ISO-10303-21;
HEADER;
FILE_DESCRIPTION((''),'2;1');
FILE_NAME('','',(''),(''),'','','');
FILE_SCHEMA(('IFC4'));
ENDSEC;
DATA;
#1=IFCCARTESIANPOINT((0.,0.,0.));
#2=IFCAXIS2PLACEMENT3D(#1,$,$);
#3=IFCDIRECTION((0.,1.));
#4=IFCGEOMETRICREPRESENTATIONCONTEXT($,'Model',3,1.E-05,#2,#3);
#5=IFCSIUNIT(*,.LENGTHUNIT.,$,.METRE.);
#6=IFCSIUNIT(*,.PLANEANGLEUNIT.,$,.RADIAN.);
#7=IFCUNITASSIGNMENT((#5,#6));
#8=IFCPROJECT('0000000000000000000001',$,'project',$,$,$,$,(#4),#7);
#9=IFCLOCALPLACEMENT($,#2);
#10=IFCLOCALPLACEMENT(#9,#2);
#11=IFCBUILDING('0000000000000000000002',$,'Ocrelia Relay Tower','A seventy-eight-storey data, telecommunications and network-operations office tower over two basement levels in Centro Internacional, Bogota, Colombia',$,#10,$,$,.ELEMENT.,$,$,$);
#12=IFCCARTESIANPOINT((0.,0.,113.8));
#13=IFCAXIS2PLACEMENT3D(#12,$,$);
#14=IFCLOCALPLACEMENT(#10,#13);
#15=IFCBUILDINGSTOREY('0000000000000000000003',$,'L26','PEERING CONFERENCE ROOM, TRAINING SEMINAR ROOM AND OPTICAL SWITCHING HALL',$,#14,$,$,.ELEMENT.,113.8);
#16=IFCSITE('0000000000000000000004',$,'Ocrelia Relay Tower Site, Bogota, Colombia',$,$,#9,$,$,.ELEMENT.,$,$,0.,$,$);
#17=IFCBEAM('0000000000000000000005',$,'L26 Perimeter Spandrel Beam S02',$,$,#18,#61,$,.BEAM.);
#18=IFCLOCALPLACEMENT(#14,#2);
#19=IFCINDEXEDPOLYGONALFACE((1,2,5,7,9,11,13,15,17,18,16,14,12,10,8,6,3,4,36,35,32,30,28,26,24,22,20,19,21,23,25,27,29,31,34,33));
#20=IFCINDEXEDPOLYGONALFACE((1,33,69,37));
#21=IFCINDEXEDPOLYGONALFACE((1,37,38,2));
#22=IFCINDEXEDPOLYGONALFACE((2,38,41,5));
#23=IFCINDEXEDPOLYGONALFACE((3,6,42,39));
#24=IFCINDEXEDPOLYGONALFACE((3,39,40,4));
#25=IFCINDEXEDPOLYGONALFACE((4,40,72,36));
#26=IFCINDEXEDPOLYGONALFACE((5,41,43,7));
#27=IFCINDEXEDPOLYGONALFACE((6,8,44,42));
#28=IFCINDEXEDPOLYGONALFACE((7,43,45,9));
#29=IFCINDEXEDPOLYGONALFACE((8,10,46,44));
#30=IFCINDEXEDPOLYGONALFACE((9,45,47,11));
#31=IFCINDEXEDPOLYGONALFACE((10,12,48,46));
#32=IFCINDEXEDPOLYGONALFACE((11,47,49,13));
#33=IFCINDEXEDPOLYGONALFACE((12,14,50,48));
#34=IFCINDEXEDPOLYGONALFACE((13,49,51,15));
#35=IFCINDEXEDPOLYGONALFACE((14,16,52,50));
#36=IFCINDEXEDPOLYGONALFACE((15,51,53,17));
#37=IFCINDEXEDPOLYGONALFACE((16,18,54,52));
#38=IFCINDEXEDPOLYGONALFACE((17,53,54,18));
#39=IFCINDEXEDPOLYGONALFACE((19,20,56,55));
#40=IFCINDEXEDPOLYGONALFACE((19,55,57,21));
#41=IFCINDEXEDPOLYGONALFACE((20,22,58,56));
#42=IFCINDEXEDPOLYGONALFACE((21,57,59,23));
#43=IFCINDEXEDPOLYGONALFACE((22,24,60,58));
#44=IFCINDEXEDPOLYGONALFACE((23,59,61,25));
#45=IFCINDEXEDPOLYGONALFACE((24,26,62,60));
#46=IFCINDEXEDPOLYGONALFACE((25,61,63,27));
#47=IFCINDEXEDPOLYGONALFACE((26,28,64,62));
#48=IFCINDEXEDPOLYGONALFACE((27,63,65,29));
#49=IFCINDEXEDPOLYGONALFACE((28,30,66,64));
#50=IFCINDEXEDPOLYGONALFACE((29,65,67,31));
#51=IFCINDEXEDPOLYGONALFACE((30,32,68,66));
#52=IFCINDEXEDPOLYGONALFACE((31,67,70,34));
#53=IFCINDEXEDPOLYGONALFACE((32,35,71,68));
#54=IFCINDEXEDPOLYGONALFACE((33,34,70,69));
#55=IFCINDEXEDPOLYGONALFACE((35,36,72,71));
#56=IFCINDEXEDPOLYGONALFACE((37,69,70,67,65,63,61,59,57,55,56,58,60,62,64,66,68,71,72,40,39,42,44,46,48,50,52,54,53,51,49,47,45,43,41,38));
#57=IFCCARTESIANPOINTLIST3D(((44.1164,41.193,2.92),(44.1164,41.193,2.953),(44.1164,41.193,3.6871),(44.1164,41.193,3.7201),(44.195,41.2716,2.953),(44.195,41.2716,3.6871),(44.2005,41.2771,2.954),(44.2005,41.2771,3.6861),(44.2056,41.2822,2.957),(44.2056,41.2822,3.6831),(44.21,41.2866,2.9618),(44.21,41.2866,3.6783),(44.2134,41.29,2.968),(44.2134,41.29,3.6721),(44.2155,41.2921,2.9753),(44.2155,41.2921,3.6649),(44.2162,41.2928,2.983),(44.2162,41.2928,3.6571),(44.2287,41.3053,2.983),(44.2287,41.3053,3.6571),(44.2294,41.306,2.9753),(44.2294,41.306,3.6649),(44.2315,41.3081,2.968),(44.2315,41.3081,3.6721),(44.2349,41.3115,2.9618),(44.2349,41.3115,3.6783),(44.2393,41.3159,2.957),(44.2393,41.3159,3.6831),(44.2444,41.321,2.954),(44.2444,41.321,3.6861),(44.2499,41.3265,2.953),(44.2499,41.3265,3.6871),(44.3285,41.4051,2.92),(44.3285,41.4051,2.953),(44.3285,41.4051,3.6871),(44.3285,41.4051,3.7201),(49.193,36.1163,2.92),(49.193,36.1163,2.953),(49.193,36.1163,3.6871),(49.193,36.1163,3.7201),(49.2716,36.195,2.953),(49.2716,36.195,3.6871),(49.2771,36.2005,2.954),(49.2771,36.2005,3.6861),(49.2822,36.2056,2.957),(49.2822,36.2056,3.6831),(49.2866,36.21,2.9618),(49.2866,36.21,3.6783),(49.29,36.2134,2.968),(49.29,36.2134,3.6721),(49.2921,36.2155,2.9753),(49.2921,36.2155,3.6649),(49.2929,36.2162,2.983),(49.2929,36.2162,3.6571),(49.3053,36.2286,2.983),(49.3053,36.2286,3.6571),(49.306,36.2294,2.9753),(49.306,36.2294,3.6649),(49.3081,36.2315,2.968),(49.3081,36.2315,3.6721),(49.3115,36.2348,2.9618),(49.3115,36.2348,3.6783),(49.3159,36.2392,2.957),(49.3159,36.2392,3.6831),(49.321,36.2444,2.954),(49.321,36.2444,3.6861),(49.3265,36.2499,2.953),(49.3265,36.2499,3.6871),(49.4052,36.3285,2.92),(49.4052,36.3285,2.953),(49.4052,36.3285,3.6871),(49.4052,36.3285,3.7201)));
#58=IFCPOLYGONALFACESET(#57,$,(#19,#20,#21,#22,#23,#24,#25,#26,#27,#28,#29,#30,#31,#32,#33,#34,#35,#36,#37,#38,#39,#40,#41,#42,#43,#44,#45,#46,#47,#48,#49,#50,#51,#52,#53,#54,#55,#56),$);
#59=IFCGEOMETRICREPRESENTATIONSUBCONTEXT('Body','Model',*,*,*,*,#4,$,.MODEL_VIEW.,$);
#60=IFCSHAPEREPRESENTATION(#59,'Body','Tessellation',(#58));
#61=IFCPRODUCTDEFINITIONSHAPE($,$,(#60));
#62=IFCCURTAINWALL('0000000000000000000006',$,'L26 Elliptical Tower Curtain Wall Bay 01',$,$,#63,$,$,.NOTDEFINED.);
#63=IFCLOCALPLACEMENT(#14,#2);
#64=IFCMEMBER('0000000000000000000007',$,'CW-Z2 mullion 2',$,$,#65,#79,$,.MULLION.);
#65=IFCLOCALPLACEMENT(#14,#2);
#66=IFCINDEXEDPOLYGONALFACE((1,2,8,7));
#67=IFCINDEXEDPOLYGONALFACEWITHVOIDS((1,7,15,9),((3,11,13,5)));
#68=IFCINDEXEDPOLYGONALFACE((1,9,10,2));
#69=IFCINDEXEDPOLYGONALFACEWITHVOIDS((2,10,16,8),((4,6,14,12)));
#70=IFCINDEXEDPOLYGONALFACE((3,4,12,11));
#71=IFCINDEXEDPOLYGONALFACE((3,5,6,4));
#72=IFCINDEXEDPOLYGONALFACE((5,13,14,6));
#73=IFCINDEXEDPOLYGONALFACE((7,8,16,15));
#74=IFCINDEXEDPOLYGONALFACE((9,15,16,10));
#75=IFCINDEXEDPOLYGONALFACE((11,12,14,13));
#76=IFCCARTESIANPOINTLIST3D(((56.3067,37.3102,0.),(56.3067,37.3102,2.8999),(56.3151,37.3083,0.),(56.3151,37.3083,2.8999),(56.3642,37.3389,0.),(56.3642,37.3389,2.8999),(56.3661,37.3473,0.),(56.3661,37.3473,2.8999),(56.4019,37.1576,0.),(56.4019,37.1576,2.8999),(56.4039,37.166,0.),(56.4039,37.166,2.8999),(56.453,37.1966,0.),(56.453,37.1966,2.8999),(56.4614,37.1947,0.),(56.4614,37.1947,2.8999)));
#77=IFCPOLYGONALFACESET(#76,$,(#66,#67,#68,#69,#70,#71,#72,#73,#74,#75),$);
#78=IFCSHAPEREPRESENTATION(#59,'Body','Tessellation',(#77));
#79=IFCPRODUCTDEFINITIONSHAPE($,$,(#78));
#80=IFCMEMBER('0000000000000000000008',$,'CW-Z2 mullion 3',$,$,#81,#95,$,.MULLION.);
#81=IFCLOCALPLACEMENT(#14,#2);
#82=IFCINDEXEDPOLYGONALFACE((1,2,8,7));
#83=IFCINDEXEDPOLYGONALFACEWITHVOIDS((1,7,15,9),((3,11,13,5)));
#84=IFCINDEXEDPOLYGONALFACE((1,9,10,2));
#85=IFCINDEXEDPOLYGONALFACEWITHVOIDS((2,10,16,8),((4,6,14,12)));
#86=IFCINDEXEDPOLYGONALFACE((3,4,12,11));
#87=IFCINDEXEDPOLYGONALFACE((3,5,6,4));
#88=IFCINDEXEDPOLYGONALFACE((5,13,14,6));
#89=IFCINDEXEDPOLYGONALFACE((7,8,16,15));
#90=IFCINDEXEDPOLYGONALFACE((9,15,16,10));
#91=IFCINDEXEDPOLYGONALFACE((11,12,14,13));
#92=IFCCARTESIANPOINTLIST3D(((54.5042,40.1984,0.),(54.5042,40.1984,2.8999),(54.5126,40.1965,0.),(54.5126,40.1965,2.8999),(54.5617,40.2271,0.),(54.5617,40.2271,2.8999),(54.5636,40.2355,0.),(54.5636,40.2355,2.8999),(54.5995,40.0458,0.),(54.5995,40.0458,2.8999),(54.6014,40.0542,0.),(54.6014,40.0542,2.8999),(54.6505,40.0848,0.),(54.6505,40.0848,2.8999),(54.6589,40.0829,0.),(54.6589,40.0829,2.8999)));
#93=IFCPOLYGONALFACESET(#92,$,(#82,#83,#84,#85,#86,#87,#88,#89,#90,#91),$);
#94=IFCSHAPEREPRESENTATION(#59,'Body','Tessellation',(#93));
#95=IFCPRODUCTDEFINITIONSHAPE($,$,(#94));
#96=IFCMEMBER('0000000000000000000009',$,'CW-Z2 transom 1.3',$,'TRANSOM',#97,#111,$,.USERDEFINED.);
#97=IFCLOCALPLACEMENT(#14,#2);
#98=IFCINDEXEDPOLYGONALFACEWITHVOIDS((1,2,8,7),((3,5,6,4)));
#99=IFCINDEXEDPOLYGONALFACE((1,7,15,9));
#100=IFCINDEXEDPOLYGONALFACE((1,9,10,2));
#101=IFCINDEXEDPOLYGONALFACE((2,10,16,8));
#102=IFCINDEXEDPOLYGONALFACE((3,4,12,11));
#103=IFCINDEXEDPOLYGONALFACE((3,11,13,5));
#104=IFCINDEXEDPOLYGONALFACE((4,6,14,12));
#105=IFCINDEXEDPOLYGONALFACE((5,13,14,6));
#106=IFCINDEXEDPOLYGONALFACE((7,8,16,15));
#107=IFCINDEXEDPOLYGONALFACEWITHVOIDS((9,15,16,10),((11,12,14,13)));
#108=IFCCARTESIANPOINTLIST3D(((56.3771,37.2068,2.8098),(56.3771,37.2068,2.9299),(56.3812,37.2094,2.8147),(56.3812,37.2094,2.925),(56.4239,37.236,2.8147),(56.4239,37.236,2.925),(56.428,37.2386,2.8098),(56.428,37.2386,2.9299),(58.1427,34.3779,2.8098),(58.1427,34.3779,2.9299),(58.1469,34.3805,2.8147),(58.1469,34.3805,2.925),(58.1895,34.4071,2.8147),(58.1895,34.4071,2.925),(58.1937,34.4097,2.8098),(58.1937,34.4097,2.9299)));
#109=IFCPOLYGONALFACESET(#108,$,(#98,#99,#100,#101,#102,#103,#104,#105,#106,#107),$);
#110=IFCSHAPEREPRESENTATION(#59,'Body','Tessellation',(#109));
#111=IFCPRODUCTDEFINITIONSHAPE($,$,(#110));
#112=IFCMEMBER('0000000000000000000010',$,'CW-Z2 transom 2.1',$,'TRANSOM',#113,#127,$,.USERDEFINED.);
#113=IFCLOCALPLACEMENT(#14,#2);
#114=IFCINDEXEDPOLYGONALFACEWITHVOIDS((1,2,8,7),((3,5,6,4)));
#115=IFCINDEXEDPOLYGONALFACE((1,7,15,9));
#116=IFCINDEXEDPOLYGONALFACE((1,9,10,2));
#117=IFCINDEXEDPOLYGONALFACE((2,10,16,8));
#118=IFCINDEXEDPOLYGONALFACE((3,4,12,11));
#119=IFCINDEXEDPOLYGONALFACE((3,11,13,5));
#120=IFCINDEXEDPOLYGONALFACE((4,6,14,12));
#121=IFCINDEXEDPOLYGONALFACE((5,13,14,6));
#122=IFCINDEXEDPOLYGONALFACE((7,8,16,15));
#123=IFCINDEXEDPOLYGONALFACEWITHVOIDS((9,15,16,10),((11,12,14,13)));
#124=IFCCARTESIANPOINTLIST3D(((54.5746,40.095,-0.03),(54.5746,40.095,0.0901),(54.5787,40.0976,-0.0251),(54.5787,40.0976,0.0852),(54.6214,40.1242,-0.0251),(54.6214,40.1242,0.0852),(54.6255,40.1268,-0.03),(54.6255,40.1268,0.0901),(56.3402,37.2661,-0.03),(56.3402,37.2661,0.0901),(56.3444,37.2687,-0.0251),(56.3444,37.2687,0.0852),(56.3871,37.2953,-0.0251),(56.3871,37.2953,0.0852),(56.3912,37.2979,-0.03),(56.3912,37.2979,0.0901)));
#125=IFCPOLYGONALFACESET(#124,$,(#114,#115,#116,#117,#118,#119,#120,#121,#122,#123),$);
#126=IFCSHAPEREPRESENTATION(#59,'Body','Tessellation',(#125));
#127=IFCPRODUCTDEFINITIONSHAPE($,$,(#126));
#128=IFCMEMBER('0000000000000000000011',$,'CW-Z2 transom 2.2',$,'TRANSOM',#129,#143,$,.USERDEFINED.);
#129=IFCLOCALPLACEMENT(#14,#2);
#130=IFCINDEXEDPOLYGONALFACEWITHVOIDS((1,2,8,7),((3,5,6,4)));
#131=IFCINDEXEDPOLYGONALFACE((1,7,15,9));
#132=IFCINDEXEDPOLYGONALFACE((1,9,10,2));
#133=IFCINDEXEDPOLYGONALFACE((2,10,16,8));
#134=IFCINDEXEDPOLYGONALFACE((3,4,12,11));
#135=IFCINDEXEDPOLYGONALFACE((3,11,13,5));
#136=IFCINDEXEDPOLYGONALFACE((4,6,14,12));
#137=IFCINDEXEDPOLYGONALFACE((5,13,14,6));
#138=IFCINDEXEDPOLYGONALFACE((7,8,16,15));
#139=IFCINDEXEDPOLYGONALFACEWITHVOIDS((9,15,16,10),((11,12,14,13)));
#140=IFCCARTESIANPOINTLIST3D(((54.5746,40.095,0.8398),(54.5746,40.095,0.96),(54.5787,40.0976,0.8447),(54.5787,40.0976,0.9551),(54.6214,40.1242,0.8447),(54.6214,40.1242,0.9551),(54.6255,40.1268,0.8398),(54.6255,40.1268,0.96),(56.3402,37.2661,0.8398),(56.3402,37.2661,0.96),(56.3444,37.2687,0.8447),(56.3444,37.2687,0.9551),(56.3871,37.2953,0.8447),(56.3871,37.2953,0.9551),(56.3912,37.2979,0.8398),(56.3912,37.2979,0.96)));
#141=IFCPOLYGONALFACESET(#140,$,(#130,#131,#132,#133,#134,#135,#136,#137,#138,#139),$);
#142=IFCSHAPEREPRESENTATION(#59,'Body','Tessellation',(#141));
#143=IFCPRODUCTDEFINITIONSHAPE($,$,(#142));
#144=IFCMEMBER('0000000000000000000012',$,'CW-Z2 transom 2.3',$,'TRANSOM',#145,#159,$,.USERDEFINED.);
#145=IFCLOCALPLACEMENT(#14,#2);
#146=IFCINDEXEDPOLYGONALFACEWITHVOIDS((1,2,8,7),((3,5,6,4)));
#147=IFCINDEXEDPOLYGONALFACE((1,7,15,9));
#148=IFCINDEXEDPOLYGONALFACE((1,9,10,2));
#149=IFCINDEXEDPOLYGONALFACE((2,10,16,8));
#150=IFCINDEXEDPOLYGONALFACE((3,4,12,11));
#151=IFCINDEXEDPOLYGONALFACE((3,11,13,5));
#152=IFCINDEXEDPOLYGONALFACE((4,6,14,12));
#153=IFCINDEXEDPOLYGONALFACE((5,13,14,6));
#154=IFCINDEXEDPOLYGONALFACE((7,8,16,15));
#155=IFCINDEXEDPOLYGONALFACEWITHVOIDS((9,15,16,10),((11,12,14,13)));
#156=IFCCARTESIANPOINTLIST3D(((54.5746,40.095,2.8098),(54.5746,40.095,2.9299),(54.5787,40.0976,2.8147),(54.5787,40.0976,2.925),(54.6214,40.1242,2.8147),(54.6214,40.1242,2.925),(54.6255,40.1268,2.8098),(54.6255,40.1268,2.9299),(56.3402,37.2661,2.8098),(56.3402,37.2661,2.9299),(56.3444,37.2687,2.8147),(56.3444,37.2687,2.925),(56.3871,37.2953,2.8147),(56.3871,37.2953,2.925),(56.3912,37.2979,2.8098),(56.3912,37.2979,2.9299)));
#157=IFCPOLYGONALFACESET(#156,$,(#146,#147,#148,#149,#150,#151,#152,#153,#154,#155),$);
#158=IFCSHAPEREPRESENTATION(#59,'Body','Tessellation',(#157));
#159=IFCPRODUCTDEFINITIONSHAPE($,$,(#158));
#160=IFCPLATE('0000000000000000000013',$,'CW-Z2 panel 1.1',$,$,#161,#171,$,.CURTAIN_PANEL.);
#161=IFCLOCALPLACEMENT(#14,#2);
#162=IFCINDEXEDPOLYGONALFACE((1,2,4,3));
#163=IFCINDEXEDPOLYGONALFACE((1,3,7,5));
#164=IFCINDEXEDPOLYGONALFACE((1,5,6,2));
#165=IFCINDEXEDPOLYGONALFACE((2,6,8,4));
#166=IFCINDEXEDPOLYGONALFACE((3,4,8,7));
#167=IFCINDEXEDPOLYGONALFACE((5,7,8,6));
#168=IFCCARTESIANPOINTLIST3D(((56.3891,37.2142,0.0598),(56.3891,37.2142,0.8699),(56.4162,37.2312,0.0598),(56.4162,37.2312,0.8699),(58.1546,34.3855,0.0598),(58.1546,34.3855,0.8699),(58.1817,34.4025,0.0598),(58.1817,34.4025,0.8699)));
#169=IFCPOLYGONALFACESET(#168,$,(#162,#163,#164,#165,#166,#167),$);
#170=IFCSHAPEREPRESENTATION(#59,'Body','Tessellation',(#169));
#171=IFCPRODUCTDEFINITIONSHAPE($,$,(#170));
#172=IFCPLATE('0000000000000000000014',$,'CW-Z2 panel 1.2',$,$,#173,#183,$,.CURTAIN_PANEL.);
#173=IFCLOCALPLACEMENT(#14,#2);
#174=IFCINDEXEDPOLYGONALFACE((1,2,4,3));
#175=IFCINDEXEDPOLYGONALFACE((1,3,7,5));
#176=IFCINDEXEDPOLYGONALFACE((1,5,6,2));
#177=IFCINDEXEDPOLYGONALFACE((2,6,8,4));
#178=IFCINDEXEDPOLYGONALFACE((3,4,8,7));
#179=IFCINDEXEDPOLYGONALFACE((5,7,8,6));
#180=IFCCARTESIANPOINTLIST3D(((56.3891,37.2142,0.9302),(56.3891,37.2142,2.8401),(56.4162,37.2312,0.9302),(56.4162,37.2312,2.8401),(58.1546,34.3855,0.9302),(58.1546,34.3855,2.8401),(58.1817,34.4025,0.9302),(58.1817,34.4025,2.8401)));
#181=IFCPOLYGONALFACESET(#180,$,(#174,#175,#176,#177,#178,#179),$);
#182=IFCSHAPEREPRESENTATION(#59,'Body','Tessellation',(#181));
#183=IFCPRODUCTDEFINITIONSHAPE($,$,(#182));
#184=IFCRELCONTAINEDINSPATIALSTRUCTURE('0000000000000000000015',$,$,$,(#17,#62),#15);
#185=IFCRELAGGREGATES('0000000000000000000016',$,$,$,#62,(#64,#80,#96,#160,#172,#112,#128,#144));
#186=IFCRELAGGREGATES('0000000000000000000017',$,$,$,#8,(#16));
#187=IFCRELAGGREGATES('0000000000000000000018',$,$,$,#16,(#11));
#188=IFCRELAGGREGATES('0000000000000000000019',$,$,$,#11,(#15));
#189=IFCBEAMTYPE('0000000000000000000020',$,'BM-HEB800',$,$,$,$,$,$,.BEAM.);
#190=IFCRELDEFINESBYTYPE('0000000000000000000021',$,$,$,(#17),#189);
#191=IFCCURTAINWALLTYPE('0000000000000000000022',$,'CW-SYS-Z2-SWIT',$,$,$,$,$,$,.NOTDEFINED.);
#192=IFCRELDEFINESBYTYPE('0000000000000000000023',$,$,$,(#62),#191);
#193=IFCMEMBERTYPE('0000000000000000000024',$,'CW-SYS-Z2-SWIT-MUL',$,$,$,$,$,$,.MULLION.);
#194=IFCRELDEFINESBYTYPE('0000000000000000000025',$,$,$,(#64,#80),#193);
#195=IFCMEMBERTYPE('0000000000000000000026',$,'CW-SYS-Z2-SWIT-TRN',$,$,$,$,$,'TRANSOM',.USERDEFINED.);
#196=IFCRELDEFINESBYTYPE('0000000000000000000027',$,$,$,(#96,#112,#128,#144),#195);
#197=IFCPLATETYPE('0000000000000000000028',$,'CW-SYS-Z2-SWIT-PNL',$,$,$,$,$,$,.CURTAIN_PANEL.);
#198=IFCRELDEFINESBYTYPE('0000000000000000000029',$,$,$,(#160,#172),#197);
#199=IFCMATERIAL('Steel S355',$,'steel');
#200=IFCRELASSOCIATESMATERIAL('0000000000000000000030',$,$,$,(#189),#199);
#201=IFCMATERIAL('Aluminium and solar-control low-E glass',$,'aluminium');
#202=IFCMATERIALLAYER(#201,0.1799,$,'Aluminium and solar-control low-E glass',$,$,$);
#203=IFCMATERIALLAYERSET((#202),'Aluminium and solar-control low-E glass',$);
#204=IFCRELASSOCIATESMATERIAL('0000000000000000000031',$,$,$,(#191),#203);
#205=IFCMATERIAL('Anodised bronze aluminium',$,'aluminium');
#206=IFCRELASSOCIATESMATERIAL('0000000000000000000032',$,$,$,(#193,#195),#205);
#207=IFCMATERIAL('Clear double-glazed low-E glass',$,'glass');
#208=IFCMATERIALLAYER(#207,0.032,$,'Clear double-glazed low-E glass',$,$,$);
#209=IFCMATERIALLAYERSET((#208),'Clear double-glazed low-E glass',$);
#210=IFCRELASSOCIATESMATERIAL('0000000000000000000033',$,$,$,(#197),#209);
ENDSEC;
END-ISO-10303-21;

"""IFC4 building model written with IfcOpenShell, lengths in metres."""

from ifc_helpers import new_model, si_unit, direction, frame, origin, origin_2d, place, context, subcontext, project, spatial, rectangle, hollow_rectangle, i_section, extrude, material, layer, layer_set, material_profile, profile_set, type_object, element, aggregate, save


model = new_model("IFC4")

# Units and contexts
model_context = context("Model", 3, precision=1e-05, world=origin(), true_north=direction((0.0, 1.0)))
body_context = subcontext(model_context, "Body", "Model", "MODEL_VIEW")
ifc_project = project(units=[si_unit("LENGTHUNIT", "METRE"), si_unit("PLANEANGLEUNIT", "RADIAN")], contexts=[model_context])

# Site, building, storey
site_placement = place(None, origin())
site = spatial("IfcSite", under=ifc_project, at=site_placement, Name="Ocrelia Relay Tower Site, Bogota, Colombia", CompositionType="ELEMENT", RefElevation=0.0)
building_placement = place(site_placement, origin())
building = spatial("IfcBuilding", under=site, at=building_placement, Name="Ocrelia Relay Tower", Description="A seventy-eight-storey data, telecommunications and network-operations office tower over two basement levels in Centro Internacional, Bogota, Colombia", CompositionType="ELEMENT")
storey_placement = place(building_placement, frame((0.0, 0.0, 113.8)))
storey = spatial("IfcBuildingStorey", under=building, at=storey_placement, Name="L26", Description="PEERING CONFERENCE ROOM, TRAINING SEMINAR ROOM AND OPTICAL SWITCHING HALL", CompositionType="ELEMENT", Elevation=113.8)

# Beam
ifc_material_1 = material(Name="Steel S355", Category="steel")
ifc_material_profile_1 = material_profile(ifc_material_1, i_section(OverallWidth=0.3, OverallDepth=0.8, WebThickness=0.0176, FlangeThickness=0.033, FilletRadius=0.03, at=origin_2d()), Name="HEB 800")
ifc_profile_set_1 = profile_set([ifc_material_profile_1], Name="Steel S355")
beam_type_1 = type_object("IfcBeamType", Name="BM-HEB800", PredefinedType="BEAM", material=ifc_profile_set_1)
beam_1_placement = place(storey_placement, frame((49.2991, 36.2224, 3.3201), z_axis=(-0.707107, 0.707107, 0.0), x_axis=(-0.707107, -0.707107, 0.0)))
element("IfcBeam", 1, at=beam_1_placement, inside=storey, type_object=beam_type_1, Name="L26 Perimeter Spandrel Beam S02", PredefinedType="BEAM", context=body_context, shape_type="SweptSolid", body=[
    extrude(i_section(OverallWidth=0.3, OverallDepth=0.8, WebThickness=0.0176, FlangeThickness=0.033, FilletRadius=0.03, at=origin_2d()), origin(), (0.0, 0.0, 1.0), 7.1794),
])

# Curtain wall, members, plates
ifc_material_2 = material(Name="Aluminium and solar-control low-E glass", Category="aluminium")
ifc_layer_1 = layer(ifc_material_2, 0.1799, Name="Aluminium and solar-control low-E glass")
ifc_layer_set_1 = layer_set([ifc_layer_1], Name="Aluminium and solar-control low-E glass")
curtain_wall_type = type_object("IfcCurtainWallType", Name="CW-SYS-Z2-SWIT", PredefinedType="NOTDEFINED", material=ifc_layer_set_1)
curtain_wall_placement = place(storey_placement, origin())
curtain_wall = element("IfcCurtainWall", 2, at=curtain_wall_placement, inside=storey, type_object=curtain_wall_type, Name="L26 Elliptical Tower Curtain Wall Bay 01", PredefinedType="NOTDEFINED")
ifc_material_3 = material(Name="Anodised bronze aluminium", Category="aluminium")
ifc_material_profile_2 = material_profile(ifc_material_3, hollow_rectangle(XDim=0.0701, YDim=0.1799, WallThickness=0.0061, at=origin_2d()), Name="CW-MUL-180x70")
ifc_profile_set_2 = profile_set([ifc_material_profile_2], Name="Anodised bronze aluminium")
member_type_1 = type_object("IfcMemberType", Name="CW-SYS-Z2-SWIT-MUL", PredefinedType="MULLION", material=ifc_profile_set_2)
member_1_placement = place(storey_placement, frame((56.384, 37.2524, 0.0), z_axis=(0.0, 0.0, 1.0), x_axis=(-0.84833, -0.529468, 0.0)))
member_1 = element("IfcMember", 3, at=member_1_placement, type_object=member_type_1, Name="CW-Z2 mullion 2", PredefinedType="MULLION", context=body_context, shape_type="SweptSolid", body=[
    extrude(hollow_rectangle(XDim=0.0701, YDim=0.1799, WallThickness=0.0061, at=origin_2d()), origin(), (0.0, 0.0, 1.0), 2.8999),
])
member_2_placement = place(storey_placement, frame((54.5815, 40.1406, 0.0), z_axis=(0.0, 0.0, 1.0), x_axis=(-0.84833, -0.529468, 0.0)))
member_2 = element("IfcMember", 4, at=member_2_placement, type_object=member_type_1, Name="CW-Z2 mullion 3", PredefinedType="MULLION", context=body_context, shape_type="SweptSolid", body=[
    extrude(hollow_rectangle(XDim=0.0701, YDim=0.1799, WallThickness=0.0061, at=origin_2d()), origin(), (0.0, 0.0, 1.0), 2.8999),
])
ifc_material_profile_3 = material_profile(ifc_material_3, hollow_rectangle(XDim=0.0601, YDim=0.1201, WallThickness=0.0049, at=origin_2d()), Name="CW-TRN-120x60")
ifc_profile_set_3 = profile_set([ifc_material_profile_3], Name="Anodised bronze aluminium")
member_type_2 = type_object("IfcMemberType", Name="CW-SYS-Z2-SWIT-TRN", ElementType="TRANSOM", PredefinedType="USERDEFINED", material=ifc_profile_set_3)
member_3_placement = place(storey_placement, frame((58.1682, 34.3938, 2.8699), z_axis=(-0.529479, 0.848323, 0.0), x_axis=(-0.848323, -0.529479, 0.0)))
member_3 = element("IfcMember", 5, at=member_3_placement, type_object=member_type_2, Name="CW-Z2 transom 1.3", ObjectType="TRANSOM", PredefinedType="USERDEFINED", context=body_context, shape_type="SweptSolid", body=[
    extrude(hollow_rectangle(XDim=0.0601, YDim=0.1201, WallThickness=0.0049, at=origin_2d()), origin(), (0.0, 0.0, 1.0), 3.3347),
])
member_4_placement = place(storey_placement, frame((56.3657, 37.282, 0.03), z_axis=(-0.529479, 0.848323, 0.0), x_axis=(-0.848323, -0.529479, 0.0)))
member_4 = element("IfcMember", 6, at=member_4_placement, type_object=member_type_2, Name="CW-Z2 transom 2.1", ObjectType="TRANSOM", PredefinedType="USERDEFINED", context=body_context, shape_type="SweptSolid", body=[
    extrude(hollow_rectangle(XDim=0.0601, YDim=0.1201, WallThickness=0.0049, at=origin_2d()), origin(), (0.0, 0.0, 1.0), 3.3347),
])
member_5_placement = place(storey_placement, frame((56.3657, 37.282, 0.8999), z_axis=(-0.529479, 0.848323, 0.0), x_axis=(-0.848323, -0.529479, 0.0)))
member_5 = element("IfcMember", 7, at=member_5_placement, type_object=member_type_2, Name="CW-Z2 transom 2.2", ObjectType="TRANSOM", PredefinedType="USERDEFINED", context=body_context, shape_type="SweptSolid", body=[
    extrude(hollow_rectangle(XDim=0.0601, YDim=0.1201, WallThickness=0.0049, at=origin_2d()), origin(), (0.0, 0.0, 1.0), 3.3347),
])
member_6_placement = place(storey_placement, frame((56.3657, 37.282, 2.8699), z_axis=(-0.529479, 0.848323, 0.0), x_axis=(-0.848323, -0.529479, 0.0)))
member_6 = element("IfcMember", 8, at=member_6_placement, type_object=member_type_2, Name="CW-Z2 transom 2.3", ObjectType="TRANSOM", PredefinedType="USERDEFINED", context=body_context, shape_type="SweptSolid", body=[
    extrude(hollow_rectangle(XDim=0.0601, YDim=0.1201, WallThickness=0.0049, at=origin_2d()), origin(), (0.0, 0.0, 1.0), 3.3347),
])
ifc_material_4 = material(Name="Clear double-glazed low-E glass", Category="glass")
ifc_layer_2 = layer(ifc_material_4, 0.032, Name="Clear double-glazed low-E glass")
ifc_layer_set_2 = layer_set([ifc_layer_2], Name="Clear double-glazed low-E glass")
plate_type = type_object("IfcPlateType", Name="CW-SYS-Z2-SWIT-PNL", PredefinedType="CURTAIN_PANEL", material=ifc_layer_set_2)
plate_1_placement = place(storey_placement, frame((57.2854, 35.8083, 0.0598), z_axis=(0.0, 0.0, 1.0), x_axis=(-0.529468, 0.84833, 0.0)))
plate_1 = element("IfcPlate", 9, at=plate_1_placement, type_object=plate_type, Name="CW-Z2 panel 1.1", PredefinedType="CURTAIN_PANEL", context=body_context, shape_type="SweptSolid", body=[
    extrude(rectangle(XDim=3.3345, YDim=0.032, at=origin_2d()), origin(), (0.0, 0.0, 1.0), 0.8101),
])
plate_2_placement = place(storey_placement, frame((57.2854, 35.8083, 0.9302), z_axis=(0.0, 0.0, 1.0), x_axis=(-0.529468, 0.84833, 0.0)))
plate_2 = element("IfcPlate", 10, at=plate_2_placement, type_object=plate_type, Name="CW-Z2 panel 1.2", PredefinedType="CURTAIN_PANEL", context=body_context, shape_type="SweptSolid", body=[
    extrude(rectangle(XDim=3.3345, YDim=0.032, at=origin_2d()), origin(), (0.0, 0.0, 1.0), 1.9099),
])
aggregate(curtain_wall, [member_1, member_2, member_3, plate_1, plate_2, member_4, member_5, member_6])

save(model, "model.ifc")
